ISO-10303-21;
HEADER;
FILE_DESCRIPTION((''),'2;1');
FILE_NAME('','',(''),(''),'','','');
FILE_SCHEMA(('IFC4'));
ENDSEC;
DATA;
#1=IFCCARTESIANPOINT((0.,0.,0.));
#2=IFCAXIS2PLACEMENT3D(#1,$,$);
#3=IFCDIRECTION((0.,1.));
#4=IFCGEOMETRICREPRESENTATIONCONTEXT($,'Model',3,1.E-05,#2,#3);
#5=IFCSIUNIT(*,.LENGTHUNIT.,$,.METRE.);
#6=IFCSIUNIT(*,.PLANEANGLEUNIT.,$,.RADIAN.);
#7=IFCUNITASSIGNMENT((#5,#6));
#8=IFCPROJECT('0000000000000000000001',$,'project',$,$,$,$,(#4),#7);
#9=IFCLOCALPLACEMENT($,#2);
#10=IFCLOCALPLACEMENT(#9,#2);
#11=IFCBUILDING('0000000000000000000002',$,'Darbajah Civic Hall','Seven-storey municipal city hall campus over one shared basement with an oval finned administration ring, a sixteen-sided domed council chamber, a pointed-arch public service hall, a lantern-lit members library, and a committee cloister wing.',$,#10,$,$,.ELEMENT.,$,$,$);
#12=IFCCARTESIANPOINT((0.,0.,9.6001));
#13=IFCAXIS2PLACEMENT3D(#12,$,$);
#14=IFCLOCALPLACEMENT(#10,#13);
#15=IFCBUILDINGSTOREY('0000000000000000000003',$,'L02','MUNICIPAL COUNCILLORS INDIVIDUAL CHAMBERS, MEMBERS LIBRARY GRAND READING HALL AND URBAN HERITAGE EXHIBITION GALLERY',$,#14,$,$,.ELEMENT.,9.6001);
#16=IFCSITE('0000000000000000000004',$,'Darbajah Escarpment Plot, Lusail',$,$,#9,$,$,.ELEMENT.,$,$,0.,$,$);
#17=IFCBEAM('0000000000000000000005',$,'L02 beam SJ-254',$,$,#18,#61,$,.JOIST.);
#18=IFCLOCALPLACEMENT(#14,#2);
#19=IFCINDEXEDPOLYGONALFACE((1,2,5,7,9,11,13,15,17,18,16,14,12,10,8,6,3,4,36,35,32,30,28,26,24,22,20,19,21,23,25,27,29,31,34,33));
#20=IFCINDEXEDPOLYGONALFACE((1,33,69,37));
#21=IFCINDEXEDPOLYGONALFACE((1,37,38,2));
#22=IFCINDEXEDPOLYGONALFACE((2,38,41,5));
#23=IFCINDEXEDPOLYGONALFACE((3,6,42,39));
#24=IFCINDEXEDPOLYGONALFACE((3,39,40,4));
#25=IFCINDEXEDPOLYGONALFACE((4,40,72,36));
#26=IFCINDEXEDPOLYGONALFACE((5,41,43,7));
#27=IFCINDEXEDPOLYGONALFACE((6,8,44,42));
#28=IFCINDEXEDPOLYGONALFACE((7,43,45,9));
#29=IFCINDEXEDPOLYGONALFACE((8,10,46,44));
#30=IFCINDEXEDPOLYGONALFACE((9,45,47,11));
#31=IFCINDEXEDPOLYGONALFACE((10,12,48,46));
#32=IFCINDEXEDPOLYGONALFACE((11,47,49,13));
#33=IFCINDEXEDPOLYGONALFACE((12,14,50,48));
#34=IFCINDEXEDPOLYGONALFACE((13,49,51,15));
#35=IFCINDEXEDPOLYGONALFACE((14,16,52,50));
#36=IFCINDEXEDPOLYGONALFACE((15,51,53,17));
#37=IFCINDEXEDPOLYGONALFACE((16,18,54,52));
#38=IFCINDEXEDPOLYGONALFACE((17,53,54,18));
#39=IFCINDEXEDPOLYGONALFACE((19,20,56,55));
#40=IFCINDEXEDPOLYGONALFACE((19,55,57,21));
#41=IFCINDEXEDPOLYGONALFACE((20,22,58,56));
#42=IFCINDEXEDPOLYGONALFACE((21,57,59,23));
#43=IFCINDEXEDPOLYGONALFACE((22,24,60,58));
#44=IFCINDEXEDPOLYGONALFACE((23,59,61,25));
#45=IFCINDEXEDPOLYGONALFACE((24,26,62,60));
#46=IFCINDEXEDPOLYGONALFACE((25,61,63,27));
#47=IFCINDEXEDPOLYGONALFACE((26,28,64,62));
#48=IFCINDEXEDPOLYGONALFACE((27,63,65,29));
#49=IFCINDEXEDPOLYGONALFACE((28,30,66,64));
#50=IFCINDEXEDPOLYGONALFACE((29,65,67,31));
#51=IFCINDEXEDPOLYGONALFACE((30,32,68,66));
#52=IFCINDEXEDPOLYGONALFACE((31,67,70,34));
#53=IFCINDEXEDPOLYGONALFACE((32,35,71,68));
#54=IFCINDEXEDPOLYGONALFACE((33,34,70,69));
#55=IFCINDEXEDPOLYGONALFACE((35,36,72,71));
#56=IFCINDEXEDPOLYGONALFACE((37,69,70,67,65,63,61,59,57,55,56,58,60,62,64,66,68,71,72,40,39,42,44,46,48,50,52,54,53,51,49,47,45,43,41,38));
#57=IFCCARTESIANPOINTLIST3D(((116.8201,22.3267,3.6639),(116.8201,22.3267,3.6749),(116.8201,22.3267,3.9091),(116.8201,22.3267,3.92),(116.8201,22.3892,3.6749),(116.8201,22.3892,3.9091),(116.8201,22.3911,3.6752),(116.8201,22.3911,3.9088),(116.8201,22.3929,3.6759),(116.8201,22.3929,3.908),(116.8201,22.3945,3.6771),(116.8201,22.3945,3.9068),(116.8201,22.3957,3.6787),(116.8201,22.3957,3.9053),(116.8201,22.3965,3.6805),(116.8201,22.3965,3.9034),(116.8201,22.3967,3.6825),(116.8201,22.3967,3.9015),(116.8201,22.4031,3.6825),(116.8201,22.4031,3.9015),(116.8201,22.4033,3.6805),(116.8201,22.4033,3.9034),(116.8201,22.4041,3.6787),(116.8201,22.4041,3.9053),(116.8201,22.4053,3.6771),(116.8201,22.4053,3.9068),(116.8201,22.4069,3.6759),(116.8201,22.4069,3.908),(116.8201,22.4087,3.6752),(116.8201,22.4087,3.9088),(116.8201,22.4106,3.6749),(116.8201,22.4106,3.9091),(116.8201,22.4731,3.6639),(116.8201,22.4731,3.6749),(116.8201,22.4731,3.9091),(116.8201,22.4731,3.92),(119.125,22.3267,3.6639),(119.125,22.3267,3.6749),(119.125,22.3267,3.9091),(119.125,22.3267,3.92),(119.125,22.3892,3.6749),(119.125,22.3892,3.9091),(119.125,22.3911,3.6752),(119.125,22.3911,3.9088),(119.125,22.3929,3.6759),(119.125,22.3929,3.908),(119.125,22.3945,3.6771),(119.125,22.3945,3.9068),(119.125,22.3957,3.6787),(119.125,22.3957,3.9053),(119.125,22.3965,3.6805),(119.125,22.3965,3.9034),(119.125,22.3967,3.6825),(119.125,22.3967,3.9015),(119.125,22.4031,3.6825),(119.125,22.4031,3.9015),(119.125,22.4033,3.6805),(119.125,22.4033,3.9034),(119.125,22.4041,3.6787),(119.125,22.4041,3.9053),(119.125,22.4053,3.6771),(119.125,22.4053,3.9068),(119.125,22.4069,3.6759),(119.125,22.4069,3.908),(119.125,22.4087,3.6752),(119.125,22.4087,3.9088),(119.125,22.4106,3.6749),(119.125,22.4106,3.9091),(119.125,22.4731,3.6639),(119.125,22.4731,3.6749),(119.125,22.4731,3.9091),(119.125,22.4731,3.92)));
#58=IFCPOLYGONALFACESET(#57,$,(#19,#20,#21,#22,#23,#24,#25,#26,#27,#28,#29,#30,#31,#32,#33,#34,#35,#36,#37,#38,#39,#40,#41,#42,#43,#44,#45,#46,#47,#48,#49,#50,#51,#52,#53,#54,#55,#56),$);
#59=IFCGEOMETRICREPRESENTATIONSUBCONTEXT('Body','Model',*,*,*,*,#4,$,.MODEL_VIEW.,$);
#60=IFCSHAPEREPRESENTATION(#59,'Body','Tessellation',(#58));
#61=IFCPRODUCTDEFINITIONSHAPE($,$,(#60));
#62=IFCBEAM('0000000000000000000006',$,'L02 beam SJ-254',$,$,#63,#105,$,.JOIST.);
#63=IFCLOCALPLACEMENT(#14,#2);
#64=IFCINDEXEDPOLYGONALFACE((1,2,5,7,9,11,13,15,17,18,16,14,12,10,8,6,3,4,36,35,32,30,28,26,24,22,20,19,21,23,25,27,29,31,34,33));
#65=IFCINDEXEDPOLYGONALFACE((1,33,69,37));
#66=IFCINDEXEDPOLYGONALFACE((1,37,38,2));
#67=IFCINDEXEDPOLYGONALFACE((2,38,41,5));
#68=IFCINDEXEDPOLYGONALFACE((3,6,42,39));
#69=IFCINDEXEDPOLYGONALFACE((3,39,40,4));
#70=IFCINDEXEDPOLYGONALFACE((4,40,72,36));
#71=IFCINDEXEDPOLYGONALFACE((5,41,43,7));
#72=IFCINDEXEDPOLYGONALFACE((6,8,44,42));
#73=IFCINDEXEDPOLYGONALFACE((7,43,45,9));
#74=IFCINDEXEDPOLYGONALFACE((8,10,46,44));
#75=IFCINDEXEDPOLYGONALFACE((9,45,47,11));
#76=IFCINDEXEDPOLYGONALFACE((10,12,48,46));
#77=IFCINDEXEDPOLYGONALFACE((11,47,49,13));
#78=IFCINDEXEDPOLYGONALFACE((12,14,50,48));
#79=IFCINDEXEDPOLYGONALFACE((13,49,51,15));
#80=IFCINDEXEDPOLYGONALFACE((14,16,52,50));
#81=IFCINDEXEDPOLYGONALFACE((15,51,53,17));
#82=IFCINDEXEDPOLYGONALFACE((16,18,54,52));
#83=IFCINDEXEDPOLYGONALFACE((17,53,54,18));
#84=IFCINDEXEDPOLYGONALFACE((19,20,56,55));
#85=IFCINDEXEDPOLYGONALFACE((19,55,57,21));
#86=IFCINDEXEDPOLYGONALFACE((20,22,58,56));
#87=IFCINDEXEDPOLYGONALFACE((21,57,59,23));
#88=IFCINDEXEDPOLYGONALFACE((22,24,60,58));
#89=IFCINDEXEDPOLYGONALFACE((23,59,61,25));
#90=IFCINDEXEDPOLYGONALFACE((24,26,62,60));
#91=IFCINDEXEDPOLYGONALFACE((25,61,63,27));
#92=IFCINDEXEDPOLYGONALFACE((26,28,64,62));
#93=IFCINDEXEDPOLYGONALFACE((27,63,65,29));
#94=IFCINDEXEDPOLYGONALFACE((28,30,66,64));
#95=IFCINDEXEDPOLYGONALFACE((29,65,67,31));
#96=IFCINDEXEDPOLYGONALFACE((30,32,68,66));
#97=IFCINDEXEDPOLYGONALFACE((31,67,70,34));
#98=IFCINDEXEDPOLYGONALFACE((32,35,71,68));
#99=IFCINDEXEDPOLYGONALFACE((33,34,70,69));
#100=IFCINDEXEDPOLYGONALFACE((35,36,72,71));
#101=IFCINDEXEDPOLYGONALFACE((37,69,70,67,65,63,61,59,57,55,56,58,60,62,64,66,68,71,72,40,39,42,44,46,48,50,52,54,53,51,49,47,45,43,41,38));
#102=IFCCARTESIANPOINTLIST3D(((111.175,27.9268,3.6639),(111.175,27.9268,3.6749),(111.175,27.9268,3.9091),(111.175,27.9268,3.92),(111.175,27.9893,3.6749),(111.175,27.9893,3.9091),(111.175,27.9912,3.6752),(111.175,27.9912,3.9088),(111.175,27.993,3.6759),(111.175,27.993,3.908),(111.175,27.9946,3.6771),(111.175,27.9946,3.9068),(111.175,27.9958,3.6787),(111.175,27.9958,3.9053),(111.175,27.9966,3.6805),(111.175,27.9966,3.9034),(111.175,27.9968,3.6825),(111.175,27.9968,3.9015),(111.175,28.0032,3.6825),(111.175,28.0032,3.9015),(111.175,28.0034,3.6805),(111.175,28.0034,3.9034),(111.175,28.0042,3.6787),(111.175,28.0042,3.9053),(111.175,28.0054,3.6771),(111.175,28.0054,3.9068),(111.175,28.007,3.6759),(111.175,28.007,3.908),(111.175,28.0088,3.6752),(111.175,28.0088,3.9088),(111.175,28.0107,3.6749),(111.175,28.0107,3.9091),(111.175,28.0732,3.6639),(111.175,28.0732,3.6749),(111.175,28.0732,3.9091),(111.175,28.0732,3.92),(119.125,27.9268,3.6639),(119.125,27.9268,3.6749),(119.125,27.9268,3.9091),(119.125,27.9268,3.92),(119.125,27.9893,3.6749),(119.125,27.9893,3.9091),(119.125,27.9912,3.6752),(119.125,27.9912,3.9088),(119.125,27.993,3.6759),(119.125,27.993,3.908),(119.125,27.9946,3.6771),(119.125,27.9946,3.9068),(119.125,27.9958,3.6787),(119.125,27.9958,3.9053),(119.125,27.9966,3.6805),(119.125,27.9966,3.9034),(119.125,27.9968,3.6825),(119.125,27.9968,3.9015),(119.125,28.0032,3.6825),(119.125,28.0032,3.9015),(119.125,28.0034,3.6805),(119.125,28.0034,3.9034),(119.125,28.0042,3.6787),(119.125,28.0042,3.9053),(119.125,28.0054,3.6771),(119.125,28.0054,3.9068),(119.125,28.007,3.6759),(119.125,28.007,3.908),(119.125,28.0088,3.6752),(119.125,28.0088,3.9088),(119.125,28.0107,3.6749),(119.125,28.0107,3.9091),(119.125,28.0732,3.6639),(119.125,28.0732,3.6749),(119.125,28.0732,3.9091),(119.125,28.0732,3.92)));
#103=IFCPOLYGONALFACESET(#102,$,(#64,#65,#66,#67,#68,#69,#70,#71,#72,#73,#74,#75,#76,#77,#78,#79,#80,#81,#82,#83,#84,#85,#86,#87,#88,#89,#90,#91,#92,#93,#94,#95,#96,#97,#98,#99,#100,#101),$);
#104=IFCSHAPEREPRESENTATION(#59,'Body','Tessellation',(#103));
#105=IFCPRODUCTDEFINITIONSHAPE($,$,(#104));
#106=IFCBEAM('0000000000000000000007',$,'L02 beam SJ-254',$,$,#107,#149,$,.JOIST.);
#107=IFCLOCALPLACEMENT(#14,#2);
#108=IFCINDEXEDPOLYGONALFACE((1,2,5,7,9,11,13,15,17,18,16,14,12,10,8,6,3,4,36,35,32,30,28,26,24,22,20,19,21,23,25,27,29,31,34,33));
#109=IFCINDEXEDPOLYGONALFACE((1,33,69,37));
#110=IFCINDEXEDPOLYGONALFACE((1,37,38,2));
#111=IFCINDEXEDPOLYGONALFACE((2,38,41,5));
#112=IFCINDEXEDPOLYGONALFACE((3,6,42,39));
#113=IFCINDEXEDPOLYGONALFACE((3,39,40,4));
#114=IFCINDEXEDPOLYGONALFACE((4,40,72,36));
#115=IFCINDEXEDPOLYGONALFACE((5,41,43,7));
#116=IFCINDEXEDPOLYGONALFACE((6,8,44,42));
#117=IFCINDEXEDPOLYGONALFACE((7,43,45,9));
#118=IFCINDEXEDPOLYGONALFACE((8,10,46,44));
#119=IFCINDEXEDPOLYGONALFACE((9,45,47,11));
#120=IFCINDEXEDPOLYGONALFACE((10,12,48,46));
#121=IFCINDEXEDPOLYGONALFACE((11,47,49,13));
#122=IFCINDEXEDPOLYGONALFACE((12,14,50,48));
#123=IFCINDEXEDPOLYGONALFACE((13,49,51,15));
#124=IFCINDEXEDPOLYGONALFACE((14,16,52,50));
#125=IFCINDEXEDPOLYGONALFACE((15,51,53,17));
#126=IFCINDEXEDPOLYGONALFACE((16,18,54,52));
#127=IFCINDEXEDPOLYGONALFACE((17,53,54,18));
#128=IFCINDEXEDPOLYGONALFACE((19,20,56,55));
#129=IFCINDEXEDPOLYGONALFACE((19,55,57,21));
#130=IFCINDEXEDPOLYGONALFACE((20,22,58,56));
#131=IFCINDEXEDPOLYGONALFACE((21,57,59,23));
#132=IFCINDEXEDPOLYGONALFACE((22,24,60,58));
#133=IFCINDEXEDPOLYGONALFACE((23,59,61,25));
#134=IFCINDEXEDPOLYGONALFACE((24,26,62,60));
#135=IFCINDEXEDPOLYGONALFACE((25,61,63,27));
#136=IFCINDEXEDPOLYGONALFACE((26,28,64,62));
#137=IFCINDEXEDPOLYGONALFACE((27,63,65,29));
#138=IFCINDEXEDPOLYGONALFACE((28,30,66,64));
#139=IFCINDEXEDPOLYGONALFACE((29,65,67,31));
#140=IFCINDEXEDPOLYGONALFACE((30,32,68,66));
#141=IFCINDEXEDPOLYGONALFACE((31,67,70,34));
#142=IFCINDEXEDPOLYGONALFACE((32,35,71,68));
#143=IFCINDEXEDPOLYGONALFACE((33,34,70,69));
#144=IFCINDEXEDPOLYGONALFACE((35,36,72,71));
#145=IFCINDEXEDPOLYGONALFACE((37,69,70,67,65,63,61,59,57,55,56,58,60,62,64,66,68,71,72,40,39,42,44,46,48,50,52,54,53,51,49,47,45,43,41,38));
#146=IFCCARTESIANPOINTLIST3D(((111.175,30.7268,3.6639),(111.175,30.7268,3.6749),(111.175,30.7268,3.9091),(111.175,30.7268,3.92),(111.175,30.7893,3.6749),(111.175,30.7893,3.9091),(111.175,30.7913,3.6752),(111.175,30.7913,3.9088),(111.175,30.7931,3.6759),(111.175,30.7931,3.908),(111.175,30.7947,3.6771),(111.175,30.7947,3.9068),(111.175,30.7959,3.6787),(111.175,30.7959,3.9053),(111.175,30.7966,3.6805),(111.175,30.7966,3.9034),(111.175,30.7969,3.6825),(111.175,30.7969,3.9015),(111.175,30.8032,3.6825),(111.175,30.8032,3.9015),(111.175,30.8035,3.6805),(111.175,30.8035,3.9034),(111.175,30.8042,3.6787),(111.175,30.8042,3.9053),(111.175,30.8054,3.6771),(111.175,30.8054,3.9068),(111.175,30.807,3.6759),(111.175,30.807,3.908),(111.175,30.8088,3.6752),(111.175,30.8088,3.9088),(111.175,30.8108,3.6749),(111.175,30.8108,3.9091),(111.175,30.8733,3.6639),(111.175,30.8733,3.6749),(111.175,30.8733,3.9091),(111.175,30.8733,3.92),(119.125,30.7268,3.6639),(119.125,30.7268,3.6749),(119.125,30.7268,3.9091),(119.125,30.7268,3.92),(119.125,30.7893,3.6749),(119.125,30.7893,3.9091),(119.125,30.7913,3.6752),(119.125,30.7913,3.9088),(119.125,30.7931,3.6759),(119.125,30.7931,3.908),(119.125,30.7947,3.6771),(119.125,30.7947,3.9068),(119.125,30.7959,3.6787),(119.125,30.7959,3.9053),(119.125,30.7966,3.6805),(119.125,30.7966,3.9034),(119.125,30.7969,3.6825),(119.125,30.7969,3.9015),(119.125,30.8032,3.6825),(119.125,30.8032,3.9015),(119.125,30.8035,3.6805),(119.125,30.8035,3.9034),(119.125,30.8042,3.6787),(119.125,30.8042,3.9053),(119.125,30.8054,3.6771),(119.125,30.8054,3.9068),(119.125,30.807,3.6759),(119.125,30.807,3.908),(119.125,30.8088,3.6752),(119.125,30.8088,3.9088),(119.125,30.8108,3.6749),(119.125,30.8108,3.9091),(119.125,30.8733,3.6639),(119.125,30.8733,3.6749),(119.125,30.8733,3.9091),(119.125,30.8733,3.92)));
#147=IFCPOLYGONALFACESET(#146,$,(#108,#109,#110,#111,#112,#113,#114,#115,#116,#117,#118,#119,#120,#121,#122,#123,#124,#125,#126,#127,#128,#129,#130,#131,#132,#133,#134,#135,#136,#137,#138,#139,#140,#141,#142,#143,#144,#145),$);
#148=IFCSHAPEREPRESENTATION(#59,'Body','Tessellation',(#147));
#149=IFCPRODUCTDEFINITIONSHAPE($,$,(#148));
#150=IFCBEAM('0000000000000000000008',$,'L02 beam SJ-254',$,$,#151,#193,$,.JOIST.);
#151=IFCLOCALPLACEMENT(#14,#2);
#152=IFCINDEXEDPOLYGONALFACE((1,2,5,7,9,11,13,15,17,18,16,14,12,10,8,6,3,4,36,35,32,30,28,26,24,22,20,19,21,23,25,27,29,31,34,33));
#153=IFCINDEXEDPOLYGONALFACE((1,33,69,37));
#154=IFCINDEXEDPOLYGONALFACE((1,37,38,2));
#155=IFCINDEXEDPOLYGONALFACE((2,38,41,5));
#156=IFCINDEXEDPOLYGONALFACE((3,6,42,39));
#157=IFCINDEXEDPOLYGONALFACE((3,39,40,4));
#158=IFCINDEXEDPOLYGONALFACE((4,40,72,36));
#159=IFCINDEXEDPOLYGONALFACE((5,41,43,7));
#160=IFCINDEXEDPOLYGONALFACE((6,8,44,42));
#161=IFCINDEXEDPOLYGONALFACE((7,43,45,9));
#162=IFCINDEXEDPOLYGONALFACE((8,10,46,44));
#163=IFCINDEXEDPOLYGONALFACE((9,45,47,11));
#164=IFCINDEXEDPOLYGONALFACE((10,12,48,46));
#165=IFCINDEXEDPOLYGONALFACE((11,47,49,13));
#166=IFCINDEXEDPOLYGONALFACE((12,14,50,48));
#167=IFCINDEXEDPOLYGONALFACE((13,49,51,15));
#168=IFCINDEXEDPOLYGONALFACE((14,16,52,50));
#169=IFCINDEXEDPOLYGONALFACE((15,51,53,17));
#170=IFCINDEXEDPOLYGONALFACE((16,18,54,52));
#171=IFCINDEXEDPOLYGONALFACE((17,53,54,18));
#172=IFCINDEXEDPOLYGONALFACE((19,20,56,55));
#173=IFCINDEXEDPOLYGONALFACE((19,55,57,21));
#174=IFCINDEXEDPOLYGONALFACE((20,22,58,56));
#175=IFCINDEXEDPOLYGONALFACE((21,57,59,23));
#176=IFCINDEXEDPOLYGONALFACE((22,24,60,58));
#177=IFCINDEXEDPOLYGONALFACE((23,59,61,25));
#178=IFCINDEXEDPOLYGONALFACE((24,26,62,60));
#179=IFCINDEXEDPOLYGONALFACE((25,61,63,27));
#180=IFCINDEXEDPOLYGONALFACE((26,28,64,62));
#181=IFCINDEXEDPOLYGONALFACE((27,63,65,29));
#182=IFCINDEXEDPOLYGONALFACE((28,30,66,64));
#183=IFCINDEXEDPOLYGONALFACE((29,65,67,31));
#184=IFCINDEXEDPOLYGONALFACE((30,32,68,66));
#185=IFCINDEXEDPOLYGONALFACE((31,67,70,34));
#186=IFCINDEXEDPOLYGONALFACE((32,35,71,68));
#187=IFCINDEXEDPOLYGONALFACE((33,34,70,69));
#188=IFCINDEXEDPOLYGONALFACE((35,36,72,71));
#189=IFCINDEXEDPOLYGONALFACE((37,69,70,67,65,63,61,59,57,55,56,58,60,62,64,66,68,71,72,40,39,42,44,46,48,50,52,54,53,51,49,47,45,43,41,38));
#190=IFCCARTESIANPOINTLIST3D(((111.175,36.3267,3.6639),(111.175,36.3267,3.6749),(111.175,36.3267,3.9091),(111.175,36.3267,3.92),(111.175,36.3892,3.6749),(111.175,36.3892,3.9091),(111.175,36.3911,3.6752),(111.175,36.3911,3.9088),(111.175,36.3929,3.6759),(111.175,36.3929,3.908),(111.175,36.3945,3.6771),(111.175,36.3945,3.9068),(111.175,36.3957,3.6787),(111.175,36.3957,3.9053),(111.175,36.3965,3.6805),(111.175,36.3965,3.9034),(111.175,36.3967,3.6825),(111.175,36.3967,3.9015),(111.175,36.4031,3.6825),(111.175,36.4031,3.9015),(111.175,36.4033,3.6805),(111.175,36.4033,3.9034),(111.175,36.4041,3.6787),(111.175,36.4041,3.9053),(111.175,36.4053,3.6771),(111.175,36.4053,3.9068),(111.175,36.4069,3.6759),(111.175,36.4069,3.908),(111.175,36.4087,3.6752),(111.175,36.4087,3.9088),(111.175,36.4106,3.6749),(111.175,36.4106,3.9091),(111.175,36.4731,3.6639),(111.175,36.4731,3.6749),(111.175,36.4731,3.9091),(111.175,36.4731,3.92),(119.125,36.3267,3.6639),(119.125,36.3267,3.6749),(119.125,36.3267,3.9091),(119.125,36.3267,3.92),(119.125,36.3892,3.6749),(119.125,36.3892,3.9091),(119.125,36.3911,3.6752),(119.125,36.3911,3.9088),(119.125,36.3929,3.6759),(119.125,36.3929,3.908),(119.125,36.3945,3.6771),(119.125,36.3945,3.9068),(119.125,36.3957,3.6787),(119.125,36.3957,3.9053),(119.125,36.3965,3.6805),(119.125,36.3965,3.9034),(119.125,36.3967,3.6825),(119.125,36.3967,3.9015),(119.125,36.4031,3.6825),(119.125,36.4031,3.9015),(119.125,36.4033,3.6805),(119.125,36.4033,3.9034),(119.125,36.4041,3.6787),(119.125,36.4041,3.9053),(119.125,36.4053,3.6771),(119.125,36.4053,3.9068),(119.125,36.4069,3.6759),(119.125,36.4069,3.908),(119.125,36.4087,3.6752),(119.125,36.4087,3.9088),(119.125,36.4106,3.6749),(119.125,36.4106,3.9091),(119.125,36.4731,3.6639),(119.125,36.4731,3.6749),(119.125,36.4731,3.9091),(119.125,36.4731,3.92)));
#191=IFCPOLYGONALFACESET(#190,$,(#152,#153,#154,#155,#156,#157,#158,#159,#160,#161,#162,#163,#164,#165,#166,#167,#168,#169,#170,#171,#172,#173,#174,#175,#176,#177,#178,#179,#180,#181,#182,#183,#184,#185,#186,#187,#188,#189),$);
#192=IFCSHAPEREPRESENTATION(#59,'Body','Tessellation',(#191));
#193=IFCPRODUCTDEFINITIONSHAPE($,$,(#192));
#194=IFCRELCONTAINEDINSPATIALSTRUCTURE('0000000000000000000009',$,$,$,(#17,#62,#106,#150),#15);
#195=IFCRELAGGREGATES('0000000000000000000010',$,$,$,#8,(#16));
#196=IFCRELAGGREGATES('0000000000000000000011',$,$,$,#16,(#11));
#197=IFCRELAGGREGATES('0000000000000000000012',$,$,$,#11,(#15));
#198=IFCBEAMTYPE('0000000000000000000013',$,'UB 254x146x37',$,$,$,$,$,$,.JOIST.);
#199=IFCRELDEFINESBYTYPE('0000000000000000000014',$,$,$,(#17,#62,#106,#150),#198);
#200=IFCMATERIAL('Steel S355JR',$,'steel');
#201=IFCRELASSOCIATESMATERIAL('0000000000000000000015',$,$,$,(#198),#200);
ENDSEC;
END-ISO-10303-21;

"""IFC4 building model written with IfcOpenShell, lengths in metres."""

from ifc_helpers import new_model, si_unit, direction, frame, origin, origin_2d, place, context, subcontext, project, spatial, i_section, extrude, material, material_profile, profile_set, type_object, element, save


model = new_model("IFC4")

# Units and contexts
model_context = context("Model", 3, precision=1e-05, world=origin(), true_north=direction((0.0, 1.0)))
body_context = subcontext(model_context, "Body", "Model", "MODEL_VIEW")
ifc_project = project(units=[si_unit("LENGTHUNIT", "METRE"), si_unit("PLANEANGLEUNIT", "RADIAN")], contexts=[model_context])

# Site, building, storey
site_placement = place(None, origin())
site = spatial("IfcSite", under=ifc_project, at=site_placement, Name="Darbajah Escarpment Plot, Lusail", CompositionType="ELEMENT", RefElevation=0.0)
building_placement = place(site_placement, origin())
building = spatial("IfcBuilding", under=site, at=building_placement, Name="Darbajah Civic Hall", Description="Seven-storey municipal city hall campus over one shared basement with an oval finned administration ring, a sixteen-sided domed council chamber, a pointed-arch public service hall, a lantern-lit members library, and a committee cloister wing.", CompositionType="ELEMENT")
storey_placement = place(building_placement, frame((0.0, 0.0, 9.6001)))
storey = spatial("IfcBuildingStorey", under=building, at=storey_placement, Name="L02", Description="MUNICIPAL COUNCILLORS INDIVIDUAL CHAMBERS, MEMBERS LIBRARY GRAND READING HALL AND URBAN HERITAGE EXHIBITION GALLERY", CompositionType="ELEMENT", Elevation=9.6001)

# Shared definitions
ifc_material_1 = material(Name="Steel S355JR", Category="steel")

# Beams
ifc_material_profile_1 = material_profile(ifc_material_1, i_section(OverallWidth=0.1465, OverallDepth=0.2561, WebThickness=0.0063, FlangeThickness=0.011, FilletRadius=0.0076, at=origin_2d()), Name="UB 254x146x37")
ifc_profile_set_1 = profile_set([ifc_material_profile_1], Name="Steel S355JR")
beam_type_1 = type_object("IfcBeamType", Name="UB 254x146x37", PredefinedType="JOIST", material=ifc_profile_set_1)
beam_1_placement = place(storey_placement, frame((116.8201, 22.3999, 3.792), z_axis=(1.0, 0.0, 0.0), x_axis=(0.0, 1.0, 0.0)))
element("IfcBeam", 1, at=beam_1_placement, inside=storey, type_object=beam_type_1, Name="L02 beam SJ-254", PredefinedType="JOIST", context=body_context, shape_type="SweptSolid", body=[
    extrude(i_section(OverallWidth=0.1465, OverallDepth=0.2561, WebThickness=0.0063, FlangeThickness=0.011, FilletRadius=0.0076, at=origin_2d()), origin(), (0.0, 0.0, 1.0), 2.3049),
])
for number, where, z_axis, x_axis, name in (
    (2, (111.175, 28.0, 3.792), (1.0, 0.0, 0.0), (0.0, 1.0, 0.0), "L02 beam SJ-254"),
    (3, (111.175, 30.8, 3.792), (1.0, 0.0, 0.0), (0.0, 1.0, 0.0), "L02 beam SJ-254"),
    (4, (111.175, 36.3999, 3.792), (1.0, 0.0, 0.0), (0.0, 1.0, 0.0), "L02 beam SJ-254"),
):
    element("IfcBeam", number, at=place(storey_placement, frame(where, z_axis=z_axis, x_axis=x_axis)), inside=storey, type_object=beam_type_1, Name=name, PredefinedType="JOIST", context=body_context, shape_type="SweptSolid", body=[
        extrude(i_section(OverallWidth=0.1465, OverallDepth=0.2561, WebThickness=0.0063, FlangeThickness=0.011, FilletRadius=0.0076, at=origin_2d()), origin(), (0.0, 0.0, 1.0), 7.95),
    ])

save(model, "model.ifc")
